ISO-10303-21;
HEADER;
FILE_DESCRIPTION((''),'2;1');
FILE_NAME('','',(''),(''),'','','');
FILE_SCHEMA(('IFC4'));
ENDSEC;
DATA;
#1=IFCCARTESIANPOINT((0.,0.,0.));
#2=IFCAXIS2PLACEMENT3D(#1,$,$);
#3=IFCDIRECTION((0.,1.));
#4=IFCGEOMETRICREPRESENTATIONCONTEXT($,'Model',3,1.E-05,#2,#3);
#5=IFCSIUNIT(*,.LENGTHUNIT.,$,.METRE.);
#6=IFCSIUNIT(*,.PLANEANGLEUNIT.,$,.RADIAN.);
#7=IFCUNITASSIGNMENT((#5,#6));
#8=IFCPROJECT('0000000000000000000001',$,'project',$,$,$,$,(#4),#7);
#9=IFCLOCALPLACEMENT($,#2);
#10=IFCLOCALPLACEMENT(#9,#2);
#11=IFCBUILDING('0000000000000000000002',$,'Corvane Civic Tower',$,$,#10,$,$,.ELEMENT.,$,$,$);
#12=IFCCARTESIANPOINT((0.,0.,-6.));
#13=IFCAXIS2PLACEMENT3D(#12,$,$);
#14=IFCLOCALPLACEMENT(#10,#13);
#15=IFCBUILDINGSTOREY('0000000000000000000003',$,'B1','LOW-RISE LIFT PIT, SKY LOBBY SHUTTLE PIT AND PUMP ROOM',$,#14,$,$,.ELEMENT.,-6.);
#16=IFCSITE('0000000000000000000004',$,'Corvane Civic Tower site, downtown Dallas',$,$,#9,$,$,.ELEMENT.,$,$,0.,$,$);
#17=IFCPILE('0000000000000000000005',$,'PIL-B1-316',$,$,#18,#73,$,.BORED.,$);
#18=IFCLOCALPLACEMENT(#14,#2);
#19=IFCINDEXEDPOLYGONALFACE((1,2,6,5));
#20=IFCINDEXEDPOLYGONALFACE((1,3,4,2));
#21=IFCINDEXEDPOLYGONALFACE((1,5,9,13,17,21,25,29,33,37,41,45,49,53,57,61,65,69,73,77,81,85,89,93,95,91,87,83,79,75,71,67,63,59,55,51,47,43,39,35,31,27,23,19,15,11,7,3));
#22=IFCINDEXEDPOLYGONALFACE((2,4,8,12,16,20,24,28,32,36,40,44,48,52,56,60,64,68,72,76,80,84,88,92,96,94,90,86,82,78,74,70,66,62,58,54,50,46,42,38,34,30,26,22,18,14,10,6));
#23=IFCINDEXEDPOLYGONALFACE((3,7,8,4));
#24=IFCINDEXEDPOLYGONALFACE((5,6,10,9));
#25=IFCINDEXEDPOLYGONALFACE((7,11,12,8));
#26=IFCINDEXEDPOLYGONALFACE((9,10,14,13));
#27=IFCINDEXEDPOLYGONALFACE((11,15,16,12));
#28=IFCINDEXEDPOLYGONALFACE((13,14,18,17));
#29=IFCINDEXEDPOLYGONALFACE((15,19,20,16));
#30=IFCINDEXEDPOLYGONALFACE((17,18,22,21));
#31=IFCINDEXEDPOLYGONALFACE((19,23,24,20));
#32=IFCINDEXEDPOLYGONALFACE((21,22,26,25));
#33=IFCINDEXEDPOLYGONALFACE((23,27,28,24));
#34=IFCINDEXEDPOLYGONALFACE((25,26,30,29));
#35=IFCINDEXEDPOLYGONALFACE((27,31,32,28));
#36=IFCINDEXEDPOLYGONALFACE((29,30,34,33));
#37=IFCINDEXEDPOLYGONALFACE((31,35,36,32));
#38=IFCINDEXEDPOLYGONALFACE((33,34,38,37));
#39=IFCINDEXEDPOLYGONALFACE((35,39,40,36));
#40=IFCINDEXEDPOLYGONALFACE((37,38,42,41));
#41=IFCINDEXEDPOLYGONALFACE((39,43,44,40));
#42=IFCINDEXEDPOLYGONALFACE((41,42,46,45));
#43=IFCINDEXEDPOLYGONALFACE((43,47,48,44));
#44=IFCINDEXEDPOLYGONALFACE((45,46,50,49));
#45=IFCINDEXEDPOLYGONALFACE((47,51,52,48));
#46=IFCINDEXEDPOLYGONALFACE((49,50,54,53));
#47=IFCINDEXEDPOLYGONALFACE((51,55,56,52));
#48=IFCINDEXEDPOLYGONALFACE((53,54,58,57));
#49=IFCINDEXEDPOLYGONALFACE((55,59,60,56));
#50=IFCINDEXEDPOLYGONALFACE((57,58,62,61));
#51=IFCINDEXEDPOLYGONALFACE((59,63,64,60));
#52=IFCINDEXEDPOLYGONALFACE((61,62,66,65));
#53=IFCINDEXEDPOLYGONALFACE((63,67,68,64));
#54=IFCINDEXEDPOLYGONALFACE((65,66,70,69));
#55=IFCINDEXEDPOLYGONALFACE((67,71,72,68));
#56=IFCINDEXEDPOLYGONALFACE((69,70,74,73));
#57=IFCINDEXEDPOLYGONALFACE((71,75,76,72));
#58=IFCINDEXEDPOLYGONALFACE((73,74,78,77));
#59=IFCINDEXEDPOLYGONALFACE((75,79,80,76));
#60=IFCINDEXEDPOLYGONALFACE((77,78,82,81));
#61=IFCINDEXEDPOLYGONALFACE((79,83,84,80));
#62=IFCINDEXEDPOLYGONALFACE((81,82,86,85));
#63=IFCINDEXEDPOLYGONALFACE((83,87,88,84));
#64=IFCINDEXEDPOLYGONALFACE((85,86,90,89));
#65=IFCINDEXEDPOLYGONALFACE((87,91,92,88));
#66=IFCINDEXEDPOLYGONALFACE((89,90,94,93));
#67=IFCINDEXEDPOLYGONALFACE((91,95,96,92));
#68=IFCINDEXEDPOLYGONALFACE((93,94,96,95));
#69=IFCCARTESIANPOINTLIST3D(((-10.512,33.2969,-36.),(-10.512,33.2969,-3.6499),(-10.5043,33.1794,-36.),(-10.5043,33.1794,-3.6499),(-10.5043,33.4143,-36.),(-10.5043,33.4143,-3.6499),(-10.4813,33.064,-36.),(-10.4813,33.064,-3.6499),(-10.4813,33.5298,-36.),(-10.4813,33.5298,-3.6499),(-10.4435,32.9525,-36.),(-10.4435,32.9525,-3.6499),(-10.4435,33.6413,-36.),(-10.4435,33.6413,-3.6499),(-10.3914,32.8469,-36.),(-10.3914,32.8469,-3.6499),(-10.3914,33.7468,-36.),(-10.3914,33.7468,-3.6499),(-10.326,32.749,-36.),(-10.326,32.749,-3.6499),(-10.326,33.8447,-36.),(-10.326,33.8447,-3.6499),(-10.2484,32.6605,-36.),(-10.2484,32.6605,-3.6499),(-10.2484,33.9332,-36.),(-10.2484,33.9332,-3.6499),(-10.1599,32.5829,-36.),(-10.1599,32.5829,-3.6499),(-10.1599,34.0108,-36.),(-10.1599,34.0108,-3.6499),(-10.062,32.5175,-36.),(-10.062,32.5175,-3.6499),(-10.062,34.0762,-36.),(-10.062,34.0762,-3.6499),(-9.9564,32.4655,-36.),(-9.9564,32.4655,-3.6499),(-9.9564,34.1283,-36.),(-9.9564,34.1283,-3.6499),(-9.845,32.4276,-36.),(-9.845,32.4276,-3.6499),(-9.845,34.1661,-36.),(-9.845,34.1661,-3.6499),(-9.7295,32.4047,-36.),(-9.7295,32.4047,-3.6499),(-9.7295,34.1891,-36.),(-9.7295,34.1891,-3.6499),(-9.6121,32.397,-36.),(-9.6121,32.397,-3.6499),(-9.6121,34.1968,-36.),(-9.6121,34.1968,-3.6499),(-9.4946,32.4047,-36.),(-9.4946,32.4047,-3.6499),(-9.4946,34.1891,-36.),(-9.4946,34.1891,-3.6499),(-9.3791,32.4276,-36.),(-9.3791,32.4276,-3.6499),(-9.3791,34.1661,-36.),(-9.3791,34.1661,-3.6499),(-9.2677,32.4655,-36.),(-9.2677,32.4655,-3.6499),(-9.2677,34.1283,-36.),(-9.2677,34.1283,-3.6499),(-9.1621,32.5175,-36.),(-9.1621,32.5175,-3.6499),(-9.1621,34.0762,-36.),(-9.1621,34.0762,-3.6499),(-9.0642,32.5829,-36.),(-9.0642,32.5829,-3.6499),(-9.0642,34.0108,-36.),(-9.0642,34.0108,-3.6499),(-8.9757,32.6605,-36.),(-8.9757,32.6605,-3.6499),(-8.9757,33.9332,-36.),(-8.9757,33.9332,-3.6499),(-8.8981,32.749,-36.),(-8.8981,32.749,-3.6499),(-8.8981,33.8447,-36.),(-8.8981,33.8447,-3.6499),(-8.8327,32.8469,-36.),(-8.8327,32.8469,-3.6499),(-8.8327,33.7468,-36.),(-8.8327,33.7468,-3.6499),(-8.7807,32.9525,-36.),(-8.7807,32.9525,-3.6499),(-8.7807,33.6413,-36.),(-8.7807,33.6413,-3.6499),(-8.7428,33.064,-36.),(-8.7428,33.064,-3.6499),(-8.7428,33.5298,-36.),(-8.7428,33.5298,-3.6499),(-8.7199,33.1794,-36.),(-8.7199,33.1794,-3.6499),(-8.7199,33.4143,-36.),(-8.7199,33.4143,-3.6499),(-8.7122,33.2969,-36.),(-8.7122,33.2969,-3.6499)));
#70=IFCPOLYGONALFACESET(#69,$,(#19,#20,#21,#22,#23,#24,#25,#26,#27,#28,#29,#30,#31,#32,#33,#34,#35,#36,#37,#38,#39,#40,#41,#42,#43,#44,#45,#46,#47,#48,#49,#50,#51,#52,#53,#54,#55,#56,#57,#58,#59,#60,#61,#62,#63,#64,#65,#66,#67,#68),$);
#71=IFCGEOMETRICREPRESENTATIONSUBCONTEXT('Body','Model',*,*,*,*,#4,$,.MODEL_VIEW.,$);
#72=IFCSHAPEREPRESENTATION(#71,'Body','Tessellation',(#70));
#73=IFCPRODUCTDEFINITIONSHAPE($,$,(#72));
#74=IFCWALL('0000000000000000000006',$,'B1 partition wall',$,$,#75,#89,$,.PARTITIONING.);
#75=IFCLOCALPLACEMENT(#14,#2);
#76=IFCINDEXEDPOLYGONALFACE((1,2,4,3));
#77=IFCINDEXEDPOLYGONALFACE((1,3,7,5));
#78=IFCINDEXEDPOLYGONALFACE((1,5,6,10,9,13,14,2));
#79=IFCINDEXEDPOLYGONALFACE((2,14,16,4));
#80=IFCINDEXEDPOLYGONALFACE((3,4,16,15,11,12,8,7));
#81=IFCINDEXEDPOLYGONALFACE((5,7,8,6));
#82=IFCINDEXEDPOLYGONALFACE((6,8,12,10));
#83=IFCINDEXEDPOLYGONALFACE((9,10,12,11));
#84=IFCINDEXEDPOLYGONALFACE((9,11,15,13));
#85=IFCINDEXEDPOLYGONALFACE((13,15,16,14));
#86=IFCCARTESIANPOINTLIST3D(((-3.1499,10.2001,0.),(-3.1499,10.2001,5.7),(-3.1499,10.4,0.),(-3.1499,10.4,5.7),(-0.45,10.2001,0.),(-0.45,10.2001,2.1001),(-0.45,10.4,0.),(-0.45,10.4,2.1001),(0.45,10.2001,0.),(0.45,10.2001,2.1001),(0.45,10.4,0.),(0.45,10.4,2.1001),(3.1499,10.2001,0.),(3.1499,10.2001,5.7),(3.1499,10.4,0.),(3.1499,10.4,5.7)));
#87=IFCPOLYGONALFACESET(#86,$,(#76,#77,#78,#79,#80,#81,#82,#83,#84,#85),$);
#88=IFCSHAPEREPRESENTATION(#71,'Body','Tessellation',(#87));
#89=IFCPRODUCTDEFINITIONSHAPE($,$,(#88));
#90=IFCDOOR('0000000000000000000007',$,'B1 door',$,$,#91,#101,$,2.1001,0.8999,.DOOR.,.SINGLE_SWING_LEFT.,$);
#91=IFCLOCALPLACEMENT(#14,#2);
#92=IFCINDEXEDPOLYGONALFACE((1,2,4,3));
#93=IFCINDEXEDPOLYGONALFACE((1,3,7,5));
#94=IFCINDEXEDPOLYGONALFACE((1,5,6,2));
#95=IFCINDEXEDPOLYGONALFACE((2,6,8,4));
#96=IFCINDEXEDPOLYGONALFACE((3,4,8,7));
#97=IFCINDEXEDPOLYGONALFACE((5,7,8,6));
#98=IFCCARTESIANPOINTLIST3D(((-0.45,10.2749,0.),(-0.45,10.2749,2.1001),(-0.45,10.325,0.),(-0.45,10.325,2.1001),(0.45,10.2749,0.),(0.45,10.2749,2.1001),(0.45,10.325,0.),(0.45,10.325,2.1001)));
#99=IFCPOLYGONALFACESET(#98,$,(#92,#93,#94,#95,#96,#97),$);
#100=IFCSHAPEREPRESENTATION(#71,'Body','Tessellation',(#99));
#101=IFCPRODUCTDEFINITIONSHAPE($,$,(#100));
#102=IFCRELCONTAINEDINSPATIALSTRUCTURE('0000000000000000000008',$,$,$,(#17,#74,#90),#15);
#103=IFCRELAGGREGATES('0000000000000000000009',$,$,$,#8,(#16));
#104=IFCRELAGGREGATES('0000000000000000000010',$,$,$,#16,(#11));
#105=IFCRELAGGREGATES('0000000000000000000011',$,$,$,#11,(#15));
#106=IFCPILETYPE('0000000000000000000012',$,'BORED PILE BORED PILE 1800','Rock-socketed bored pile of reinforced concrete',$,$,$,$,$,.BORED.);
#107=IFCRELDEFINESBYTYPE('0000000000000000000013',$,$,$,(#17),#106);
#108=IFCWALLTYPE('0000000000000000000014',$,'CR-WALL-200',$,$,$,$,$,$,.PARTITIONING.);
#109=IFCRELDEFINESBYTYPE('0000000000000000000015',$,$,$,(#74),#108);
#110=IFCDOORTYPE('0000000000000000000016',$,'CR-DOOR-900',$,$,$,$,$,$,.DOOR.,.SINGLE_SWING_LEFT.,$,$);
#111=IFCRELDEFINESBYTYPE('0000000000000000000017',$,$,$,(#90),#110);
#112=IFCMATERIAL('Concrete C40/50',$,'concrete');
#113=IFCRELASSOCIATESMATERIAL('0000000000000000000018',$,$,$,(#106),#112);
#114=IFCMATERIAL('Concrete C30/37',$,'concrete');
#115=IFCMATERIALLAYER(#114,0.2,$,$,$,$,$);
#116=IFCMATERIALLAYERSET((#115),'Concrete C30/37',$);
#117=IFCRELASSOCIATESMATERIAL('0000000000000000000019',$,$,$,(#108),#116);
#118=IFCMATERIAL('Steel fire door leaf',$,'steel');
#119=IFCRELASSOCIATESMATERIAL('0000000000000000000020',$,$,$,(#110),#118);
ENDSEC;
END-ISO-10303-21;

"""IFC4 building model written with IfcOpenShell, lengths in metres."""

from ifc_helpers import new_model, si_unit, direction, frame, frame_2d, origin, origin_2d, place, context, subcontext, project, spatial, rectangle, circle, extrude, material, layer, layer_set, material_profile, profile_set, type_object, element, fill, save


model = new_model("IFC4")

# Units and contexts
model_context = context("Model", 3, precision=1e-05, world=origin(), true_north=direction((0.0, 1.0)))
body_context = subcontext(model_context, "Body", "Model", "MODEL_VIEW")
ifc_project = project(units=[si_unit("LENGTHUNIT", "METRE"), si_unit("PLANEANGLEUNIT", "RADIAN")], contexts=[model_context])

# Site, building, storey
site_placement = place(None, origin())
site = spatial("IfcSite", under=ifc_project, at=site_placement, Name="Corvane Civic Tower site, downtown Dallas", CompositionType="ELEMENT", RefElevation=0.0)
building_placement = place(site_placement, origin())
building = spatial("IfcBuilding", under=site, at=building_placement, Name="Corvane Civic Tower", CompositionType="ELEMENT")
storey_placement = place(building_placement, frame((0.0, 0.0, -6.0)))
storey = spatial("IfcBuildingStorey", under=building, at=storey_placement, Name="B1", Description="LOW-RISE LIFT PIT, SKY LOBBY SHUTTLE PIT AND PUMP ROOM", CompositionType="ELEMENT", Elevation=-6.0)

# Pile
ifc_material_1 = material(Name="Concrete C40/50", Category="concrete")
ifc_material_profile = material_profile(ifc_material_1, circle(Radius=0.8999, at=origin_2d()), Name="BORED PILE 1800")
ifc_profile_set = profile_set([ifc_material_profile], Name="Concrete C40/50")
pile_type = type_object("IfcPileType", Name="BORED PILE BORED PILE 1800", Description="Rock-socketed bored pile of reinforced concrete", PredefinedType="BORED", material=ifc_profile_set)
for number, where, z_axis, x_axis, name in (
    (1, (-9.6121, 33.2969, -3.6499), (0.0, 0.0, -1.0), (1.0, 0.0, 0.0), "PIL-B1-316"),
):
    element("IfcPile", number, at=place(storey_placement, frame(where, z_axis=z_axis, x_axis=x_axis)), inside=storey, type_object=pile_type, Name=name, PredefinedType="BORED", context=body_context, shape_type="SweptSolid", body=[
        extrude(circle(Radius=0.8999, at=origin_2d()), origin(), (0.0, 0.0, 1.0), 32.3501),
    ])

# Wall, opening, door
ifc_material_2 = material(Name="Concrete C30/37", Category="concrete")
ifc_layer = layer(ifc_material_2, 0.2)
ifc_layer_set = layer_set([ifc_layer], Name="Concrete C30/37")
wall_type = type_object("IfcWallType", Name="CR-WALL-200", PredefinedType="PARTITIONING", material=ifc_layer_set)
wall_placement = place(storey_placement, frame((-3.1499, 10.3, 0.0), z_axis=(0.0, 0.0, 1.0), x_axis=(1.0, 0.0, 0.0)))
wall = element("IfcWall", 2, at=wall_placement, inside=storey, type_object=wall_type, Name="B1 partition wall", PredefinedType="PARTITIONING", context=body_context, shape_type="SweptSolid", body=[
    extrude(rectangle(XDim=6.2998, YDim=0.2, at=frame_2d((3.1499, 0.0))), origin(), (0.0, 0.0, 1.0), 5.7),
])
opening_placement = place(wall_placement, frame((2.7, 0.0, 0.0)))
opening = element("IfcOpeningElement", 3, at=opening_placement, cuts=wall, PredefinedType="OPENING", context=body_context, shape_type="SweptSolid", body=[
    extrude(rectangle(XDim=0.8999, YDim=2.1001, at=frame_2d((0.45, 1.05))), frame((0.0, 0.1099, 0.0), z_axis=(0.0, -1.0, 0.0), x_axis=(1.0, 0.0, 0.0)), (0.0, 0.0, 1.0), 0.22),
])
ifc_material_3 = material(Name="Steel fire door leaf", Category="steel")
door_type = type_object("IfcDoorType", Name="CR-DOOR-900", OperationType="SINGLE_SWING_LEFT", PredefinedType="DOOR", material=ifc_material_3)
door_placement = place(opening_placement, origin())
door = element("IfcDoor", 4, at=door_placement, inside=storey, type_object=door_type, Name="B1 door", OperationType="SINGLE_SWING_LEFT", OverallHeight=2.1001, OverallWidth=0.8999, PredefinedType="DOOR", context=body_context, shape_type="SweptSolid", body=[
    extrude(rectangle(XDim=0.8999, YDim=2.1001, at=frame_2d((0.45, 1.05))), frame((0.0, 0.0249, 0.0), z_axis=(0.0, -1.0, 0.0), x_axis=(1.0, 0.0, 0.0)), (0.0, 0.0, 1.0), 0.05),
])
fill(opening, door)

save(model, "model.ifc")
